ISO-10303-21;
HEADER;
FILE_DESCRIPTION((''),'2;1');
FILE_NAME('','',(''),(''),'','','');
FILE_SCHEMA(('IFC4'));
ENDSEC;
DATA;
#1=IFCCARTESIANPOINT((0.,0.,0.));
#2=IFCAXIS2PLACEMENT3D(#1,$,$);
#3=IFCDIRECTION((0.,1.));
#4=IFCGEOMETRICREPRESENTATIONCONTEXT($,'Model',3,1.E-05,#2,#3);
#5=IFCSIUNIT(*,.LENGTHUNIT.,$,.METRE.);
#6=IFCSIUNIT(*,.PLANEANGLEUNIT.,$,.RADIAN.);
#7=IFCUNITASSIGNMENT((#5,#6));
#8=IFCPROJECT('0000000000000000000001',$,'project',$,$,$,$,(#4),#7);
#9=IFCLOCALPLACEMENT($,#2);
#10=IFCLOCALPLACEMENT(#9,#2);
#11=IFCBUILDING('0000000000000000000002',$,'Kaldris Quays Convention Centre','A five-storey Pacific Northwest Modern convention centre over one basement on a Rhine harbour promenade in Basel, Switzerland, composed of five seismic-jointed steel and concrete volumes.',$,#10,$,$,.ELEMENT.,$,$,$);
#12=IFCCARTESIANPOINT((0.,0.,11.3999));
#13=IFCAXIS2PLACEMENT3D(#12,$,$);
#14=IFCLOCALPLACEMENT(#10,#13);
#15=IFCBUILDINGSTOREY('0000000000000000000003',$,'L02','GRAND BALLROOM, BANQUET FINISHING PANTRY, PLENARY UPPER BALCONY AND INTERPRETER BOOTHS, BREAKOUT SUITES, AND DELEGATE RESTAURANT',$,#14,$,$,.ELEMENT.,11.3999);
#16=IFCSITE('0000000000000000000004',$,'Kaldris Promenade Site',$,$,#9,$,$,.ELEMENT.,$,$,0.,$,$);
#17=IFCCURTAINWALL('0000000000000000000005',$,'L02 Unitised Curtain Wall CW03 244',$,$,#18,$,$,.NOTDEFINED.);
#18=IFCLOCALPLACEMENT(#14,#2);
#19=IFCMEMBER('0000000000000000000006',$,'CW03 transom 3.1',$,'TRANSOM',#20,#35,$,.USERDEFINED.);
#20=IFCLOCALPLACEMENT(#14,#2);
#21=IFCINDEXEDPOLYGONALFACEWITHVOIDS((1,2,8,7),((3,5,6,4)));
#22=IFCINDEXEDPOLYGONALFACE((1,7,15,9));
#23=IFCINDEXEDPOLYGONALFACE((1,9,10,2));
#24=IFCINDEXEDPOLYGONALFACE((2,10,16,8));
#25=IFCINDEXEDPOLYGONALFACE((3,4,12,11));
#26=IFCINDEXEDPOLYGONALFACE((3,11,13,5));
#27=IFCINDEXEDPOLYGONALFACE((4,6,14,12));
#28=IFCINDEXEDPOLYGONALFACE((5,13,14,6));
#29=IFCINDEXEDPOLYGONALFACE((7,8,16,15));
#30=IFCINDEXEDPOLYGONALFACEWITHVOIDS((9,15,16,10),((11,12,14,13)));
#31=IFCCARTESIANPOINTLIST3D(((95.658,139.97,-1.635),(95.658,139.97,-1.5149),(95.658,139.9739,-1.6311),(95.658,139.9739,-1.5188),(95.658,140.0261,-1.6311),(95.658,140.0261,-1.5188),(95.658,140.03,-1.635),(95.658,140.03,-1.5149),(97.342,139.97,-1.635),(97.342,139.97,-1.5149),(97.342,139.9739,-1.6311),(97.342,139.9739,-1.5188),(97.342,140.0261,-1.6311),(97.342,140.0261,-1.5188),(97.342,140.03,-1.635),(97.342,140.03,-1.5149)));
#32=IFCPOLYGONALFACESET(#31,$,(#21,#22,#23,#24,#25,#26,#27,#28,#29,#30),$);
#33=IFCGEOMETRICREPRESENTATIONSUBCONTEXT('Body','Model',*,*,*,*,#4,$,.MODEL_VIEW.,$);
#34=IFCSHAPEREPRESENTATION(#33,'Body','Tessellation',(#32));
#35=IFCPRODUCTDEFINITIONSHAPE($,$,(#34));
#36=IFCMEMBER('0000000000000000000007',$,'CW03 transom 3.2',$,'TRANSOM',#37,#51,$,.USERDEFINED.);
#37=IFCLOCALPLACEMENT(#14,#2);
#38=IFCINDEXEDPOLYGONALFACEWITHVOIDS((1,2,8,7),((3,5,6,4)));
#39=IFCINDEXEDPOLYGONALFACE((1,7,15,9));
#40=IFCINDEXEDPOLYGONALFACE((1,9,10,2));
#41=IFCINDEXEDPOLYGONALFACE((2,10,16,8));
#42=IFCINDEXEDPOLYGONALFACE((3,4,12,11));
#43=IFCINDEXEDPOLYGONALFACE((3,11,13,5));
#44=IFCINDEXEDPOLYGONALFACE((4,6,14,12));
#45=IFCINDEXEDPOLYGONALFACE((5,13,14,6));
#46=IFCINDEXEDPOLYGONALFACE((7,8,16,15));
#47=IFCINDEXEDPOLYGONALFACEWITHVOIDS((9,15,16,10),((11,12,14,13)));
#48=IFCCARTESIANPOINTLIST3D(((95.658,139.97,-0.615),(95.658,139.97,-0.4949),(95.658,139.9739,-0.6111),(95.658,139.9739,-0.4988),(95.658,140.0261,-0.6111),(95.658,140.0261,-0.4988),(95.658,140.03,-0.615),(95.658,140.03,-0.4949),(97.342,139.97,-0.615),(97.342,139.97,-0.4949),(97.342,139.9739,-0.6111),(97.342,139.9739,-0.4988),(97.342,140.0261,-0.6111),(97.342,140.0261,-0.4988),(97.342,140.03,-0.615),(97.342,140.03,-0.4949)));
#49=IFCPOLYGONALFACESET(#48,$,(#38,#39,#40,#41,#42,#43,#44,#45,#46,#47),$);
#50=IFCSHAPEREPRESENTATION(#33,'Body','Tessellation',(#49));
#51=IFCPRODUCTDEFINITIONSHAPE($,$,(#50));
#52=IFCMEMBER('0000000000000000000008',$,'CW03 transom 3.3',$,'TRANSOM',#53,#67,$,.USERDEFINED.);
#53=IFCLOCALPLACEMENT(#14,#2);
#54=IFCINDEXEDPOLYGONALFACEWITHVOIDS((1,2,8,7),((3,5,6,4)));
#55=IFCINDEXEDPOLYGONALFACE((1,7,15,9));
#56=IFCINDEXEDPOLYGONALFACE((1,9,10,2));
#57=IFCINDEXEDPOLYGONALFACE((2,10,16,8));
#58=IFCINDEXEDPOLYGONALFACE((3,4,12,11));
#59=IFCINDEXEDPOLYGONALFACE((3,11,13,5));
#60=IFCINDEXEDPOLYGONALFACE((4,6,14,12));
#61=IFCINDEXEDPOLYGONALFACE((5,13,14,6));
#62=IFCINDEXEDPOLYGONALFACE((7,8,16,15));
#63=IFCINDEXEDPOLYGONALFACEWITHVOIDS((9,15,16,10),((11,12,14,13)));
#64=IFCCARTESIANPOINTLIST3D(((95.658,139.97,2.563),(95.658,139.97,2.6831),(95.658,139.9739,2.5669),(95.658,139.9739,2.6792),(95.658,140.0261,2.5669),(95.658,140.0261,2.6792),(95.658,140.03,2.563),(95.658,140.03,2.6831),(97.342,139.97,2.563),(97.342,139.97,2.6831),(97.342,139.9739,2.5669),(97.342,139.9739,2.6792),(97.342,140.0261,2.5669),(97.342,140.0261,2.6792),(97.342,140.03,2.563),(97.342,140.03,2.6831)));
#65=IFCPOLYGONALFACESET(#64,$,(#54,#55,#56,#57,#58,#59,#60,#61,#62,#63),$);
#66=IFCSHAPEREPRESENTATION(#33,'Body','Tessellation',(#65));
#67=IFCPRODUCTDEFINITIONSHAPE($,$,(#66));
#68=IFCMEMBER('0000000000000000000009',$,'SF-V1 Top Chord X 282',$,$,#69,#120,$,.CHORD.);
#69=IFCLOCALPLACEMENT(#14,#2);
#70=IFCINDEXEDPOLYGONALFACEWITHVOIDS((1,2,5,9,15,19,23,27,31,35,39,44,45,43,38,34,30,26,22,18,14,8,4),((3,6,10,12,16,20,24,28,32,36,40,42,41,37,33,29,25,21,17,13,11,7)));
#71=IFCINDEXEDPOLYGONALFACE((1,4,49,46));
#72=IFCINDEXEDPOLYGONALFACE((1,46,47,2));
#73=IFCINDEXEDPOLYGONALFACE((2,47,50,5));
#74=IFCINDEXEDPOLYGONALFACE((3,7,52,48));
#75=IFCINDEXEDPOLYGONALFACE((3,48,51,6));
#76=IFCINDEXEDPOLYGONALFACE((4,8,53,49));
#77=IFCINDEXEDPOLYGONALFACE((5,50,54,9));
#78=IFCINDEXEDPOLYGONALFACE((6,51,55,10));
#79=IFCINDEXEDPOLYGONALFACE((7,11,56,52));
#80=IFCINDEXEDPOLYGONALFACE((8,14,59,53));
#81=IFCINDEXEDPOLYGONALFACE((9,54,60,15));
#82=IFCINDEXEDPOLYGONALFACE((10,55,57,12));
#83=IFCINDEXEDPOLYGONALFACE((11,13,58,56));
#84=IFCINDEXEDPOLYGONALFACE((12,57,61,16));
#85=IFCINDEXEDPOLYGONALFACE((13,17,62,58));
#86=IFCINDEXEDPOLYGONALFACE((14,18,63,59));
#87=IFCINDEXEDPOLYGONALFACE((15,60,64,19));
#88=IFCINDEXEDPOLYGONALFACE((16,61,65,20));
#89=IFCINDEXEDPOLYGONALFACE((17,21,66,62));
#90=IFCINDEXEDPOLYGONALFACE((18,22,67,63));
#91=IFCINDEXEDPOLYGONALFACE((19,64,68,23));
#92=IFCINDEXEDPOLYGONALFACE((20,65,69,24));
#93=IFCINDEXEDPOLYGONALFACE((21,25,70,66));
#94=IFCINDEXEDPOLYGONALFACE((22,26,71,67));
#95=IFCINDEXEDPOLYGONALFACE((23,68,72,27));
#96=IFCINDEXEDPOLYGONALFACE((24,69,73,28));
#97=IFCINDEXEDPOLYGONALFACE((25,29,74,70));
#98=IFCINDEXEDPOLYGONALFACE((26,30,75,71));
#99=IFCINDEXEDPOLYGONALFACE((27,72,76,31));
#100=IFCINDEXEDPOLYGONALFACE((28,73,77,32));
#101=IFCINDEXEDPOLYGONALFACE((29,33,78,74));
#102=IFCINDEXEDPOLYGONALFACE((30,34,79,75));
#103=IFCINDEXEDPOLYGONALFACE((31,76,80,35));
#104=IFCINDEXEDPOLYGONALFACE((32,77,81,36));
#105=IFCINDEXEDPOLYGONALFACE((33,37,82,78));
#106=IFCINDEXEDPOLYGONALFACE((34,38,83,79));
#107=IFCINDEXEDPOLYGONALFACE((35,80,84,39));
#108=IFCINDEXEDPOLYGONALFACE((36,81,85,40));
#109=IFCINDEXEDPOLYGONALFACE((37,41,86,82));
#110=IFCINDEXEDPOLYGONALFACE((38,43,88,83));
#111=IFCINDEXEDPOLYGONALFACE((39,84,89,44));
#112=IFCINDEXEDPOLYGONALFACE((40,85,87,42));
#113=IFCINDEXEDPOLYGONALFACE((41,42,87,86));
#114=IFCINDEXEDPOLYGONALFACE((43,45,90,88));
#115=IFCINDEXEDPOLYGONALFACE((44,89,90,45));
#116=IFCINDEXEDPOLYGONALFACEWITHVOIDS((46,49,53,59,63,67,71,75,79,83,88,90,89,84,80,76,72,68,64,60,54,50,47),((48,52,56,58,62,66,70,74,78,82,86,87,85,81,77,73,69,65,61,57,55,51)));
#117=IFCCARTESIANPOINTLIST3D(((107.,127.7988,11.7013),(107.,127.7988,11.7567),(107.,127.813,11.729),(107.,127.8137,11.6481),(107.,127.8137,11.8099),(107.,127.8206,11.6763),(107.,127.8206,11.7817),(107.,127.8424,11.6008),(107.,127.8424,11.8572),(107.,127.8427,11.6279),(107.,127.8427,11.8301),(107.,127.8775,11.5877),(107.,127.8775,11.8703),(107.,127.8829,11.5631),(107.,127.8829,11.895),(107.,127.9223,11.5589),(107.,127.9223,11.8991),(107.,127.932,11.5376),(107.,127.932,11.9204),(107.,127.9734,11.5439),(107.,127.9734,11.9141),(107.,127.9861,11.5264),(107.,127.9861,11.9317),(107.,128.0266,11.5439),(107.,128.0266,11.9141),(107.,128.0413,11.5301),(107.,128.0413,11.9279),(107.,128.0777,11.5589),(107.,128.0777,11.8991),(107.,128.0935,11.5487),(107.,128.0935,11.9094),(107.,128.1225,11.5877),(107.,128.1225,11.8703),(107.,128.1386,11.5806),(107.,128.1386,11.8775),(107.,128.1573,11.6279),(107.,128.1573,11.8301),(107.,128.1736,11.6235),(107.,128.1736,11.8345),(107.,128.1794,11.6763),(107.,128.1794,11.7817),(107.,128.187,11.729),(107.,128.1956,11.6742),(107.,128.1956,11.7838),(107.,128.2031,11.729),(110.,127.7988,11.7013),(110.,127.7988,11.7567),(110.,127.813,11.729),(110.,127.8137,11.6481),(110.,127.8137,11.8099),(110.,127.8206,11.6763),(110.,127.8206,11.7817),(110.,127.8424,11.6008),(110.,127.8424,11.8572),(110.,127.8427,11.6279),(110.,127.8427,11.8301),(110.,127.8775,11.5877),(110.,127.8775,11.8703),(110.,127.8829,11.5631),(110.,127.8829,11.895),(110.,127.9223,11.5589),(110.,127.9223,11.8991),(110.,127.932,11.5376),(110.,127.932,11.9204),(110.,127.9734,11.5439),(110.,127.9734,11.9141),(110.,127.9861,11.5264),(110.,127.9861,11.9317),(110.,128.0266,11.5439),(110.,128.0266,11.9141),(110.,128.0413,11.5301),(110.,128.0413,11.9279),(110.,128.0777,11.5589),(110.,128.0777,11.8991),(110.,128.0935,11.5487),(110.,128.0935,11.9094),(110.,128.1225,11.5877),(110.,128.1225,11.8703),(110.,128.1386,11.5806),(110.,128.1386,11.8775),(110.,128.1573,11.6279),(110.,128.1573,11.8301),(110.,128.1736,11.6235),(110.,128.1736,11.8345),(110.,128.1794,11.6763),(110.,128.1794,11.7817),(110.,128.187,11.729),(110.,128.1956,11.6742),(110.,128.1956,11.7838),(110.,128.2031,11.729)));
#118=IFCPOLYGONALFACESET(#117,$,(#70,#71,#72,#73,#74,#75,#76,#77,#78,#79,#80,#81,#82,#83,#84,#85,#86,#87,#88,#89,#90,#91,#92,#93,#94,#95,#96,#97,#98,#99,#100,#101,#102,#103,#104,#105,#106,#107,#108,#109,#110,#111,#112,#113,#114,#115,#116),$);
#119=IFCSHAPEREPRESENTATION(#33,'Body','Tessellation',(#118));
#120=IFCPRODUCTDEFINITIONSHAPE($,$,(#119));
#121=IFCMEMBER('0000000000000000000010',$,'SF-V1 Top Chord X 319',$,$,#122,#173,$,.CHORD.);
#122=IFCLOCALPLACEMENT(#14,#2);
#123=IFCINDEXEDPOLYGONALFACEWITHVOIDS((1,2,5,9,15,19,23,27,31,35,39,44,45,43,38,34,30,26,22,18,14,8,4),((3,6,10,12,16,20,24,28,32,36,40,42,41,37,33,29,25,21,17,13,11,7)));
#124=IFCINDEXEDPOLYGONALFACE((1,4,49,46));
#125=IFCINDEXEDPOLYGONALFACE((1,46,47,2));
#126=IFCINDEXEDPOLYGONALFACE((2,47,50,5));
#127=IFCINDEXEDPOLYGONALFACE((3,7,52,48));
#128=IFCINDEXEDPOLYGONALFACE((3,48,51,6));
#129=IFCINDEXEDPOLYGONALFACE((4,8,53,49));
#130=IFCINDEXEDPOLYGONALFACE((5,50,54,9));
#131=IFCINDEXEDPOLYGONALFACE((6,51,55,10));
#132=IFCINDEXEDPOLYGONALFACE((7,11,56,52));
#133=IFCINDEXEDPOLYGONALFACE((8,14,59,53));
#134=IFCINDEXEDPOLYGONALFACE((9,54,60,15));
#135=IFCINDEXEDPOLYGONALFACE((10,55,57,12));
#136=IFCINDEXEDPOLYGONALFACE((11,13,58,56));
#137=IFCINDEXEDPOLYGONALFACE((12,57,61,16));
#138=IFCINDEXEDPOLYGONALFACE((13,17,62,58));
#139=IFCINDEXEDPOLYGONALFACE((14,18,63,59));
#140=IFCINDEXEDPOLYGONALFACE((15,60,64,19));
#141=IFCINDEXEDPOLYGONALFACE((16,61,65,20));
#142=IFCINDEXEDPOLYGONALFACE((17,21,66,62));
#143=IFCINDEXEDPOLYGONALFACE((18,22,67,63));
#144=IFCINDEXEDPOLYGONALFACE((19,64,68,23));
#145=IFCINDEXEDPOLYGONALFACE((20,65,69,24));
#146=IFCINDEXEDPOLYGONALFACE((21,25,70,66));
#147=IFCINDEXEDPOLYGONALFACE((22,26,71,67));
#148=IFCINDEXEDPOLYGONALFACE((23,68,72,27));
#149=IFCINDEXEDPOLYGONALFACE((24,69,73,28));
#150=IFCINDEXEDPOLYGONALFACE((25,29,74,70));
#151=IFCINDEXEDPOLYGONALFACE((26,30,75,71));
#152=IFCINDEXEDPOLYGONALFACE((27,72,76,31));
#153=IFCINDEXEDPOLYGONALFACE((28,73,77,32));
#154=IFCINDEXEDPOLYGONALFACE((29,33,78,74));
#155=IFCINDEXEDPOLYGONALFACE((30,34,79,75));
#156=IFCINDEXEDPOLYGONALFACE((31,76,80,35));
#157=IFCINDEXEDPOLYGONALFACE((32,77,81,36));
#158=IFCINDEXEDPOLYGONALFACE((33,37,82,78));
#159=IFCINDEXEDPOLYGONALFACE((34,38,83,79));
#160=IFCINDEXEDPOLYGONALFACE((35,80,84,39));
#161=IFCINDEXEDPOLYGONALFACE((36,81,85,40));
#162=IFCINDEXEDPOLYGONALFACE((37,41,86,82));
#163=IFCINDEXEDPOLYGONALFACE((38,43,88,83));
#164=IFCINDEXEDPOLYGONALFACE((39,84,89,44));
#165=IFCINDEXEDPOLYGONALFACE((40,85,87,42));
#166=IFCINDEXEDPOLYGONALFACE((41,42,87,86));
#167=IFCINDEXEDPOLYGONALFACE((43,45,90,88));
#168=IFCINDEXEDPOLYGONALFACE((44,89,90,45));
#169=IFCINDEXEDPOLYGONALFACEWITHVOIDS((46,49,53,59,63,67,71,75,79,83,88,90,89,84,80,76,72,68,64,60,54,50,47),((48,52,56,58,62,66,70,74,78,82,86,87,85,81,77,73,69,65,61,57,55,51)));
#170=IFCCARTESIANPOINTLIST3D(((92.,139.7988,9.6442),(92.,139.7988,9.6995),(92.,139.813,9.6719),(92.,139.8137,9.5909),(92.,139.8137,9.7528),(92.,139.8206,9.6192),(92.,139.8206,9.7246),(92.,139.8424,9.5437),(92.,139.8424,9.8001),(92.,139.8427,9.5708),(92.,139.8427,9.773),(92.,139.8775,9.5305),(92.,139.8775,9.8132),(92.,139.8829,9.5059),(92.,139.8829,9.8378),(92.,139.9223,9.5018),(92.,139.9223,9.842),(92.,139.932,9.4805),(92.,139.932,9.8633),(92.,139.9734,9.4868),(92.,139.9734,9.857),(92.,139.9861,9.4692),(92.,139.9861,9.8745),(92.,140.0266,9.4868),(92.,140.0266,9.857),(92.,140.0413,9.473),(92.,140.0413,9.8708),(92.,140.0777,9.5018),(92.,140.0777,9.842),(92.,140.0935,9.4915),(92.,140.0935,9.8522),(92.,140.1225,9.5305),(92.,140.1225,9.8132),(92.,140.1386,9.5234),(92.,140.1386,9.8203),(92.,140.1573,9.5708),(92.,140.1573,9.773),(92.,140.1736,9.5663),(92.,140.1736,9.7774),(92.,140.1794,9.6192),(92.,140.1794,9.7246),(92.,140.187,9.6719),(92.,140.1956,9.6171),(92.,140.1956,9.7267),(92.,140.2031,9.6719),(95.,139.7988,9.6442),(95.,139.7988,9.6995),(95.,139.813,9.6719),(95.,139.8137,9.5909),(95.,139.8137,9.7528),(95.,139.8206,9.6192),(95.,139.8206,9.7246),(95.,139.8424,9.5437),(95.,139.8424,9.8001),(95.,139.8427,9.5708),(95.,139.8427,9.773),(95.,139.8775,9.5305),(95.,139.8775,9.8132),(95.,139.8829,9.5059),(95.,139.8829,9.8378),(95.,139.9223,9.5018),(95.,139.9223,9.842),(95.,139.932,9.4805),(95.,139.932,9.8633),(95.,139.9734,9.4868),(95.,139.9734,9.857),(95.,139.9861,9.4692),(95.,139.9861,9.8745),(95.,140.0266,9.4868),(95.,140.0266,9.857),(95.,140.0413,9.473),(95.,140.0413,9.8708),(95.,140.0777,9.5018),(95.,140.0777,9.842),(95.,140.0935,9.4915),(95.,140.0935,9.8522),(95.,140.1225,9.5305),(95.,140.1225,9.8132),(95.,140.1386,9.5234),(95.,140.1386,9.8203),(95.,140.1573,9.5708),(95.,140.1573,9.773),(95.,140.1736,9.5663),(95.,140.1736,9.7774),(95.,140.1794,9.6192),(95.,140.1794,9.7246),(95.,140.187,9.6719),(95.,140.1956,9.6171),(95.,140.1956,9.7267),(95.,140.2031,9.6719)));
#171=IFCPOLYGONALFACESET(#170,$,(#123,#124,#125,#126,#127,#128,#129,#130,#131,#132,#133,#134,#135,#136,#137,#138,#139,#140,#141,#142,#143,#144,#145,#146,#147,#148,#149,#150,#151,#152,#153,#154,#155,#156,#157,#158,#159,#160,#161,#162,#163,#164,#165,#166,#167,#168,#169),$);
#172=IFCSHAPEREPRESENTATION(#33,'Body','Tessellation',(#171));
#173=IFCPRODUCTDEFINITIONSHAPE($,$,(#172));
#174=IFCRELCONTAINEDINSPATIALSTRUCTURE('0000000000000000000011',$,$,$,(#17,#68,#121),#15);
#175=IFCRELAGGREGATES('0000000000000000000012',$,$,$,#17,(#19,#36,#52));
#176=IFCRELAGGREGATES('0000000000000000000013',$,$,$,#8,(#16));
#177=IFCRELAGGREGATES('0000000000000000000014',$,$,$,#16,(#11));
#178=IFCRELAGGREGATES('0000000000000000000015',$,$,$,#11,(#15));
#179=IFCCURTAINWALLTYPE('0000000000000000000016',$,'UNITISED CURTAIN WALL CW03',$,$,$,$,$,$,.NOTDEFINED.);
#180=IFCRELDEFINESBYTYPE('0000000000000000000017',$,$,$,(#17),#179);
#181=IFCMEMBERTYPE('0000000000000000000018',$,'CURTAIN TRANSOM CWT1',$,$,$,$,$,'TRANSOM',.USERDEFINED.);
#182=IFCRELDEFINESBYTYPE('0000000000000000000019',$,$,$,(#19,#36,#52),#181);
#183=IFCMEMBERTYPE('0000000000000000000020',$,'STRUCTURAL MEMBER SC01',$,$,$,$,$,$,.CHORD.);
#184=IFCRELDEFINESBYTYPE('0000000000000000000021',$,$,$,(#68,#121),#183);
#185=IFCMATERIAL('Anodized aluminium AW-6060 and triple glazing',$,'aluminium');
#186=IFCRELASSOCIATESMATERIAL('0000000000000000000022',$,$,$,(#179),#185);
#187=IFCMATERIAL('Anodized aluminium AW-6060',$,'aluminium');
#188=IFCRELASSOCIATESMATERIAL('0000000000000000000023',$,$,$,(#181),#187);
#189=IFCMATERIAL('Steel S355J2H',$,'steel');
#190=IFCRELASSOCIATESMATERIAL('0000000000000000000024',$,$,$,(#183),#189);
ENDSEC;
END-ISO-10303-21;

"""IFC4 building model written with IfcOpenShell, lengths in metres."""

from ifc_helpers import new_model, si_unit, direction, frame, origin, origin_2d, place, context, subcontext, project, spatial, hollow_rectangle, hollow_circle, extrude, material, material_profile, profile_set, type_object, element, aggregate, save


model = new_model("IFC4")

# Units and contexts
model_context = context("Model", 3, precision=1e-05, world=origin(), true_north=direction((0.0, 1.0)))
body_context = subcontext(model_context, "Body", "Model", "MODEL_VIEW")
ifc_project = project(units=[si_unit("LENGTHUNIT", "METRE"), si_unit("PLANEANGLEUNIT", "RADIAN")], contexts=[model_context])

# Site, building, storey
site_placement = place(None, origin())
site = spatial("IfcSite", under=ifc_project, at=site_placement, Name="Kaldris Promenade Site", CompositionType="ELEMENT", RefElevation=0.0)
building_placement = place(site_placement, origin())
building = spatial("IfcBuilding", under=site, at=building_placement, Name="Kaldris Quays Convention Centre", Description="A five-storey Pacific Northwest Modern convention centre over one basement on a Rhine harbour promenade in Basel, Switzerland, composed of five seismic-jointed steel and concrete volumes.", CompositionType="ELEMENT")
storey_placement = place(building_placement, frame((0.0, 0.0, 11.3999)))
storey = spatial("IfcBuildingStorey", under=building, at=storey_placement, Name="L02", Description="GRAND BALLROOM, BANQUET FINISHING PANTRY, PLENARY UPPER BALCONY AND INTERPRETER BOOTHS, BREAKOUT SUITES, AND DELEGATE RESTAURANT", CompositionType="ELEMENT", Elevation=11.3999)

# Curtain wall, members
ifc_material_1 = material(Name="Anodized aluminium AW-6060 and triple glazing", Category="aluminium")
curtain_wall_type = type_object("IfcCurtainWallType", Name="UNITISED CURTAIN WALL CW03", PredefinedType="NOTDEFINED", material=ifc_material_1)
curtain_wall_placement = place(storey_placement, origin())
curtain_wall = element("IfcCurtainWall", 1, at=curtain_wall_placement, inside=storey, type_object=curtain_wall_type, Name="L02 Unitised Curtain Wall CW03 244", PredefinedType="NOTDEFINED")
ifc_material_2 = material(Name="Anodized aluminium AW-6060", Category="aluminium")
ifc_material_profile_1 = material_profile(ifc_material_2, hollow_rectangle(XDim=0.0601, YDim=0.1201, WallThickness=0.0039, at=origin_2d()), Name="RHS 120x60x4")
ifc_profile_set_1 = profile_set([ifc_material_profile_1], Name="Anodized aluminium AW-6060")
member_type_1 = type_object("IfcMemberType", Name="CURTAIN TRANSOM CWT1", ElementType="TRANSOM", PredefinedType="USERDEFINED", material=ifc_profile_set_1)
member_1_placement = place(storey_placement, frame((95.658, 140.0, -1.575), z_axis=(1.0, 0.0, 0.0), x_axis=(0.0, 1.0, 0.0)))
member_1 = element("IfcMember", 2, at=member_1_placement, type_object=member_type_1, Name="CW03 transom 3.1", ObjectType="TRANSOM", PredefinedType="USERDEFINED", context=body_context, shape_type="SweptSolid", body=[
    extrude(hollow_rectangle(XDim=0.0601, YDim=0.1201, WallThickness=0.0039, at=origin_2d()), origin(), (0.0, 0.0, 1.0), 1.6841),
])
member_2_placement = place(storey_placement, frame((95.658, 140.0, -0.5549), z_axis=(1.0, 0.0, 0.0), x_axis=(0.0, 1.0, 0.0)))
member_2 = element("IfcMember", 3, at=member_2_placement, type_object=member_type_1, Name="CW03 transom 3.2", ObjectType="TRANSOM", PredefinedType="USERDEFINED", context=body_context, shape_type="SweptSolid", body=[
    extrude(hollow_rectangle(XDim=0.0601, YDim=0.1201, WallThickness=0.0039, at=origin_2d()), origin(), (0.0, 0.0, 1.0), 1.6841),
])
member_3_placement = place(storey_placement, frame((95.658, 140.0, 2.623), z_axis=(1.0, 0.0, 0.0), x_axis=(0.0, 1.0, 0.0)))
member_3 = element("IfcMember", 4, at=member_3_placement, type_object=member_type_1, Name="CW03 transom 3.3", ObjectType="TRANSOM", PredefinedType="USERDEFINED", context=body_context, shape_type="SweptSolid", body=[
    extrude(hollow_rectangle(XDim=0.0601, YDim=0.1201, WallThickness=0.0039, at=origin_2d()), origin(), (0.0, 0.0, 1.0), 1.6841),
])

# Members
ifc_material_3 = material(Name="Steel S355J2H", Category="steel")
ifc_material_profile_2 = material_profile(ifc_material_3, hollow_circle(Radius=0.2031, WallThickness=0.0161, at=origin_2d()), Name="CHS 406.4x16")
ifc_profile_set_2 = profile_set([ifc_material_profile_2], Name="Steel S355J2H")
member_type_2 = type_object("IfcMemberType", Name="STRUCTURAL MEMBER SC01", PredefinedType="CHORD", material=ifc_profile_set_2)
for number, where, z_axis, x_axis, name in (
    (5, (107.0, 128.0, 11.729), (1.0, 0.0, 0.0), (0.0, 1.0, 0.0), "SF-V1 Top Chord X 282"),
    (6, (92.0, 140.0, 9.6719), (1.0, 0.0, 0.0), (0.0, 1.0, 0.0), "SF-V1 Top Chord X 319"),
):
    element("IfcMember", number, at=place(storey_placement, frame(where, z_axis=z_axis, x_axis=x_axis)), inside=storey, type_object=member_type_2, Name=name, PredefinedType="CHORD", context=body_context, shape_type="SweptSolid", body=[
        extrude(hollow_circle(Radius=0.2031, WallThickness=0.0161, at=origin_2d()), origin(), (0.0, 0.0, 1.0), 3.0),
    ])

aggregate(curtain_wall, [member_1, member_2, member_3])

save(model, "model.ifc")
